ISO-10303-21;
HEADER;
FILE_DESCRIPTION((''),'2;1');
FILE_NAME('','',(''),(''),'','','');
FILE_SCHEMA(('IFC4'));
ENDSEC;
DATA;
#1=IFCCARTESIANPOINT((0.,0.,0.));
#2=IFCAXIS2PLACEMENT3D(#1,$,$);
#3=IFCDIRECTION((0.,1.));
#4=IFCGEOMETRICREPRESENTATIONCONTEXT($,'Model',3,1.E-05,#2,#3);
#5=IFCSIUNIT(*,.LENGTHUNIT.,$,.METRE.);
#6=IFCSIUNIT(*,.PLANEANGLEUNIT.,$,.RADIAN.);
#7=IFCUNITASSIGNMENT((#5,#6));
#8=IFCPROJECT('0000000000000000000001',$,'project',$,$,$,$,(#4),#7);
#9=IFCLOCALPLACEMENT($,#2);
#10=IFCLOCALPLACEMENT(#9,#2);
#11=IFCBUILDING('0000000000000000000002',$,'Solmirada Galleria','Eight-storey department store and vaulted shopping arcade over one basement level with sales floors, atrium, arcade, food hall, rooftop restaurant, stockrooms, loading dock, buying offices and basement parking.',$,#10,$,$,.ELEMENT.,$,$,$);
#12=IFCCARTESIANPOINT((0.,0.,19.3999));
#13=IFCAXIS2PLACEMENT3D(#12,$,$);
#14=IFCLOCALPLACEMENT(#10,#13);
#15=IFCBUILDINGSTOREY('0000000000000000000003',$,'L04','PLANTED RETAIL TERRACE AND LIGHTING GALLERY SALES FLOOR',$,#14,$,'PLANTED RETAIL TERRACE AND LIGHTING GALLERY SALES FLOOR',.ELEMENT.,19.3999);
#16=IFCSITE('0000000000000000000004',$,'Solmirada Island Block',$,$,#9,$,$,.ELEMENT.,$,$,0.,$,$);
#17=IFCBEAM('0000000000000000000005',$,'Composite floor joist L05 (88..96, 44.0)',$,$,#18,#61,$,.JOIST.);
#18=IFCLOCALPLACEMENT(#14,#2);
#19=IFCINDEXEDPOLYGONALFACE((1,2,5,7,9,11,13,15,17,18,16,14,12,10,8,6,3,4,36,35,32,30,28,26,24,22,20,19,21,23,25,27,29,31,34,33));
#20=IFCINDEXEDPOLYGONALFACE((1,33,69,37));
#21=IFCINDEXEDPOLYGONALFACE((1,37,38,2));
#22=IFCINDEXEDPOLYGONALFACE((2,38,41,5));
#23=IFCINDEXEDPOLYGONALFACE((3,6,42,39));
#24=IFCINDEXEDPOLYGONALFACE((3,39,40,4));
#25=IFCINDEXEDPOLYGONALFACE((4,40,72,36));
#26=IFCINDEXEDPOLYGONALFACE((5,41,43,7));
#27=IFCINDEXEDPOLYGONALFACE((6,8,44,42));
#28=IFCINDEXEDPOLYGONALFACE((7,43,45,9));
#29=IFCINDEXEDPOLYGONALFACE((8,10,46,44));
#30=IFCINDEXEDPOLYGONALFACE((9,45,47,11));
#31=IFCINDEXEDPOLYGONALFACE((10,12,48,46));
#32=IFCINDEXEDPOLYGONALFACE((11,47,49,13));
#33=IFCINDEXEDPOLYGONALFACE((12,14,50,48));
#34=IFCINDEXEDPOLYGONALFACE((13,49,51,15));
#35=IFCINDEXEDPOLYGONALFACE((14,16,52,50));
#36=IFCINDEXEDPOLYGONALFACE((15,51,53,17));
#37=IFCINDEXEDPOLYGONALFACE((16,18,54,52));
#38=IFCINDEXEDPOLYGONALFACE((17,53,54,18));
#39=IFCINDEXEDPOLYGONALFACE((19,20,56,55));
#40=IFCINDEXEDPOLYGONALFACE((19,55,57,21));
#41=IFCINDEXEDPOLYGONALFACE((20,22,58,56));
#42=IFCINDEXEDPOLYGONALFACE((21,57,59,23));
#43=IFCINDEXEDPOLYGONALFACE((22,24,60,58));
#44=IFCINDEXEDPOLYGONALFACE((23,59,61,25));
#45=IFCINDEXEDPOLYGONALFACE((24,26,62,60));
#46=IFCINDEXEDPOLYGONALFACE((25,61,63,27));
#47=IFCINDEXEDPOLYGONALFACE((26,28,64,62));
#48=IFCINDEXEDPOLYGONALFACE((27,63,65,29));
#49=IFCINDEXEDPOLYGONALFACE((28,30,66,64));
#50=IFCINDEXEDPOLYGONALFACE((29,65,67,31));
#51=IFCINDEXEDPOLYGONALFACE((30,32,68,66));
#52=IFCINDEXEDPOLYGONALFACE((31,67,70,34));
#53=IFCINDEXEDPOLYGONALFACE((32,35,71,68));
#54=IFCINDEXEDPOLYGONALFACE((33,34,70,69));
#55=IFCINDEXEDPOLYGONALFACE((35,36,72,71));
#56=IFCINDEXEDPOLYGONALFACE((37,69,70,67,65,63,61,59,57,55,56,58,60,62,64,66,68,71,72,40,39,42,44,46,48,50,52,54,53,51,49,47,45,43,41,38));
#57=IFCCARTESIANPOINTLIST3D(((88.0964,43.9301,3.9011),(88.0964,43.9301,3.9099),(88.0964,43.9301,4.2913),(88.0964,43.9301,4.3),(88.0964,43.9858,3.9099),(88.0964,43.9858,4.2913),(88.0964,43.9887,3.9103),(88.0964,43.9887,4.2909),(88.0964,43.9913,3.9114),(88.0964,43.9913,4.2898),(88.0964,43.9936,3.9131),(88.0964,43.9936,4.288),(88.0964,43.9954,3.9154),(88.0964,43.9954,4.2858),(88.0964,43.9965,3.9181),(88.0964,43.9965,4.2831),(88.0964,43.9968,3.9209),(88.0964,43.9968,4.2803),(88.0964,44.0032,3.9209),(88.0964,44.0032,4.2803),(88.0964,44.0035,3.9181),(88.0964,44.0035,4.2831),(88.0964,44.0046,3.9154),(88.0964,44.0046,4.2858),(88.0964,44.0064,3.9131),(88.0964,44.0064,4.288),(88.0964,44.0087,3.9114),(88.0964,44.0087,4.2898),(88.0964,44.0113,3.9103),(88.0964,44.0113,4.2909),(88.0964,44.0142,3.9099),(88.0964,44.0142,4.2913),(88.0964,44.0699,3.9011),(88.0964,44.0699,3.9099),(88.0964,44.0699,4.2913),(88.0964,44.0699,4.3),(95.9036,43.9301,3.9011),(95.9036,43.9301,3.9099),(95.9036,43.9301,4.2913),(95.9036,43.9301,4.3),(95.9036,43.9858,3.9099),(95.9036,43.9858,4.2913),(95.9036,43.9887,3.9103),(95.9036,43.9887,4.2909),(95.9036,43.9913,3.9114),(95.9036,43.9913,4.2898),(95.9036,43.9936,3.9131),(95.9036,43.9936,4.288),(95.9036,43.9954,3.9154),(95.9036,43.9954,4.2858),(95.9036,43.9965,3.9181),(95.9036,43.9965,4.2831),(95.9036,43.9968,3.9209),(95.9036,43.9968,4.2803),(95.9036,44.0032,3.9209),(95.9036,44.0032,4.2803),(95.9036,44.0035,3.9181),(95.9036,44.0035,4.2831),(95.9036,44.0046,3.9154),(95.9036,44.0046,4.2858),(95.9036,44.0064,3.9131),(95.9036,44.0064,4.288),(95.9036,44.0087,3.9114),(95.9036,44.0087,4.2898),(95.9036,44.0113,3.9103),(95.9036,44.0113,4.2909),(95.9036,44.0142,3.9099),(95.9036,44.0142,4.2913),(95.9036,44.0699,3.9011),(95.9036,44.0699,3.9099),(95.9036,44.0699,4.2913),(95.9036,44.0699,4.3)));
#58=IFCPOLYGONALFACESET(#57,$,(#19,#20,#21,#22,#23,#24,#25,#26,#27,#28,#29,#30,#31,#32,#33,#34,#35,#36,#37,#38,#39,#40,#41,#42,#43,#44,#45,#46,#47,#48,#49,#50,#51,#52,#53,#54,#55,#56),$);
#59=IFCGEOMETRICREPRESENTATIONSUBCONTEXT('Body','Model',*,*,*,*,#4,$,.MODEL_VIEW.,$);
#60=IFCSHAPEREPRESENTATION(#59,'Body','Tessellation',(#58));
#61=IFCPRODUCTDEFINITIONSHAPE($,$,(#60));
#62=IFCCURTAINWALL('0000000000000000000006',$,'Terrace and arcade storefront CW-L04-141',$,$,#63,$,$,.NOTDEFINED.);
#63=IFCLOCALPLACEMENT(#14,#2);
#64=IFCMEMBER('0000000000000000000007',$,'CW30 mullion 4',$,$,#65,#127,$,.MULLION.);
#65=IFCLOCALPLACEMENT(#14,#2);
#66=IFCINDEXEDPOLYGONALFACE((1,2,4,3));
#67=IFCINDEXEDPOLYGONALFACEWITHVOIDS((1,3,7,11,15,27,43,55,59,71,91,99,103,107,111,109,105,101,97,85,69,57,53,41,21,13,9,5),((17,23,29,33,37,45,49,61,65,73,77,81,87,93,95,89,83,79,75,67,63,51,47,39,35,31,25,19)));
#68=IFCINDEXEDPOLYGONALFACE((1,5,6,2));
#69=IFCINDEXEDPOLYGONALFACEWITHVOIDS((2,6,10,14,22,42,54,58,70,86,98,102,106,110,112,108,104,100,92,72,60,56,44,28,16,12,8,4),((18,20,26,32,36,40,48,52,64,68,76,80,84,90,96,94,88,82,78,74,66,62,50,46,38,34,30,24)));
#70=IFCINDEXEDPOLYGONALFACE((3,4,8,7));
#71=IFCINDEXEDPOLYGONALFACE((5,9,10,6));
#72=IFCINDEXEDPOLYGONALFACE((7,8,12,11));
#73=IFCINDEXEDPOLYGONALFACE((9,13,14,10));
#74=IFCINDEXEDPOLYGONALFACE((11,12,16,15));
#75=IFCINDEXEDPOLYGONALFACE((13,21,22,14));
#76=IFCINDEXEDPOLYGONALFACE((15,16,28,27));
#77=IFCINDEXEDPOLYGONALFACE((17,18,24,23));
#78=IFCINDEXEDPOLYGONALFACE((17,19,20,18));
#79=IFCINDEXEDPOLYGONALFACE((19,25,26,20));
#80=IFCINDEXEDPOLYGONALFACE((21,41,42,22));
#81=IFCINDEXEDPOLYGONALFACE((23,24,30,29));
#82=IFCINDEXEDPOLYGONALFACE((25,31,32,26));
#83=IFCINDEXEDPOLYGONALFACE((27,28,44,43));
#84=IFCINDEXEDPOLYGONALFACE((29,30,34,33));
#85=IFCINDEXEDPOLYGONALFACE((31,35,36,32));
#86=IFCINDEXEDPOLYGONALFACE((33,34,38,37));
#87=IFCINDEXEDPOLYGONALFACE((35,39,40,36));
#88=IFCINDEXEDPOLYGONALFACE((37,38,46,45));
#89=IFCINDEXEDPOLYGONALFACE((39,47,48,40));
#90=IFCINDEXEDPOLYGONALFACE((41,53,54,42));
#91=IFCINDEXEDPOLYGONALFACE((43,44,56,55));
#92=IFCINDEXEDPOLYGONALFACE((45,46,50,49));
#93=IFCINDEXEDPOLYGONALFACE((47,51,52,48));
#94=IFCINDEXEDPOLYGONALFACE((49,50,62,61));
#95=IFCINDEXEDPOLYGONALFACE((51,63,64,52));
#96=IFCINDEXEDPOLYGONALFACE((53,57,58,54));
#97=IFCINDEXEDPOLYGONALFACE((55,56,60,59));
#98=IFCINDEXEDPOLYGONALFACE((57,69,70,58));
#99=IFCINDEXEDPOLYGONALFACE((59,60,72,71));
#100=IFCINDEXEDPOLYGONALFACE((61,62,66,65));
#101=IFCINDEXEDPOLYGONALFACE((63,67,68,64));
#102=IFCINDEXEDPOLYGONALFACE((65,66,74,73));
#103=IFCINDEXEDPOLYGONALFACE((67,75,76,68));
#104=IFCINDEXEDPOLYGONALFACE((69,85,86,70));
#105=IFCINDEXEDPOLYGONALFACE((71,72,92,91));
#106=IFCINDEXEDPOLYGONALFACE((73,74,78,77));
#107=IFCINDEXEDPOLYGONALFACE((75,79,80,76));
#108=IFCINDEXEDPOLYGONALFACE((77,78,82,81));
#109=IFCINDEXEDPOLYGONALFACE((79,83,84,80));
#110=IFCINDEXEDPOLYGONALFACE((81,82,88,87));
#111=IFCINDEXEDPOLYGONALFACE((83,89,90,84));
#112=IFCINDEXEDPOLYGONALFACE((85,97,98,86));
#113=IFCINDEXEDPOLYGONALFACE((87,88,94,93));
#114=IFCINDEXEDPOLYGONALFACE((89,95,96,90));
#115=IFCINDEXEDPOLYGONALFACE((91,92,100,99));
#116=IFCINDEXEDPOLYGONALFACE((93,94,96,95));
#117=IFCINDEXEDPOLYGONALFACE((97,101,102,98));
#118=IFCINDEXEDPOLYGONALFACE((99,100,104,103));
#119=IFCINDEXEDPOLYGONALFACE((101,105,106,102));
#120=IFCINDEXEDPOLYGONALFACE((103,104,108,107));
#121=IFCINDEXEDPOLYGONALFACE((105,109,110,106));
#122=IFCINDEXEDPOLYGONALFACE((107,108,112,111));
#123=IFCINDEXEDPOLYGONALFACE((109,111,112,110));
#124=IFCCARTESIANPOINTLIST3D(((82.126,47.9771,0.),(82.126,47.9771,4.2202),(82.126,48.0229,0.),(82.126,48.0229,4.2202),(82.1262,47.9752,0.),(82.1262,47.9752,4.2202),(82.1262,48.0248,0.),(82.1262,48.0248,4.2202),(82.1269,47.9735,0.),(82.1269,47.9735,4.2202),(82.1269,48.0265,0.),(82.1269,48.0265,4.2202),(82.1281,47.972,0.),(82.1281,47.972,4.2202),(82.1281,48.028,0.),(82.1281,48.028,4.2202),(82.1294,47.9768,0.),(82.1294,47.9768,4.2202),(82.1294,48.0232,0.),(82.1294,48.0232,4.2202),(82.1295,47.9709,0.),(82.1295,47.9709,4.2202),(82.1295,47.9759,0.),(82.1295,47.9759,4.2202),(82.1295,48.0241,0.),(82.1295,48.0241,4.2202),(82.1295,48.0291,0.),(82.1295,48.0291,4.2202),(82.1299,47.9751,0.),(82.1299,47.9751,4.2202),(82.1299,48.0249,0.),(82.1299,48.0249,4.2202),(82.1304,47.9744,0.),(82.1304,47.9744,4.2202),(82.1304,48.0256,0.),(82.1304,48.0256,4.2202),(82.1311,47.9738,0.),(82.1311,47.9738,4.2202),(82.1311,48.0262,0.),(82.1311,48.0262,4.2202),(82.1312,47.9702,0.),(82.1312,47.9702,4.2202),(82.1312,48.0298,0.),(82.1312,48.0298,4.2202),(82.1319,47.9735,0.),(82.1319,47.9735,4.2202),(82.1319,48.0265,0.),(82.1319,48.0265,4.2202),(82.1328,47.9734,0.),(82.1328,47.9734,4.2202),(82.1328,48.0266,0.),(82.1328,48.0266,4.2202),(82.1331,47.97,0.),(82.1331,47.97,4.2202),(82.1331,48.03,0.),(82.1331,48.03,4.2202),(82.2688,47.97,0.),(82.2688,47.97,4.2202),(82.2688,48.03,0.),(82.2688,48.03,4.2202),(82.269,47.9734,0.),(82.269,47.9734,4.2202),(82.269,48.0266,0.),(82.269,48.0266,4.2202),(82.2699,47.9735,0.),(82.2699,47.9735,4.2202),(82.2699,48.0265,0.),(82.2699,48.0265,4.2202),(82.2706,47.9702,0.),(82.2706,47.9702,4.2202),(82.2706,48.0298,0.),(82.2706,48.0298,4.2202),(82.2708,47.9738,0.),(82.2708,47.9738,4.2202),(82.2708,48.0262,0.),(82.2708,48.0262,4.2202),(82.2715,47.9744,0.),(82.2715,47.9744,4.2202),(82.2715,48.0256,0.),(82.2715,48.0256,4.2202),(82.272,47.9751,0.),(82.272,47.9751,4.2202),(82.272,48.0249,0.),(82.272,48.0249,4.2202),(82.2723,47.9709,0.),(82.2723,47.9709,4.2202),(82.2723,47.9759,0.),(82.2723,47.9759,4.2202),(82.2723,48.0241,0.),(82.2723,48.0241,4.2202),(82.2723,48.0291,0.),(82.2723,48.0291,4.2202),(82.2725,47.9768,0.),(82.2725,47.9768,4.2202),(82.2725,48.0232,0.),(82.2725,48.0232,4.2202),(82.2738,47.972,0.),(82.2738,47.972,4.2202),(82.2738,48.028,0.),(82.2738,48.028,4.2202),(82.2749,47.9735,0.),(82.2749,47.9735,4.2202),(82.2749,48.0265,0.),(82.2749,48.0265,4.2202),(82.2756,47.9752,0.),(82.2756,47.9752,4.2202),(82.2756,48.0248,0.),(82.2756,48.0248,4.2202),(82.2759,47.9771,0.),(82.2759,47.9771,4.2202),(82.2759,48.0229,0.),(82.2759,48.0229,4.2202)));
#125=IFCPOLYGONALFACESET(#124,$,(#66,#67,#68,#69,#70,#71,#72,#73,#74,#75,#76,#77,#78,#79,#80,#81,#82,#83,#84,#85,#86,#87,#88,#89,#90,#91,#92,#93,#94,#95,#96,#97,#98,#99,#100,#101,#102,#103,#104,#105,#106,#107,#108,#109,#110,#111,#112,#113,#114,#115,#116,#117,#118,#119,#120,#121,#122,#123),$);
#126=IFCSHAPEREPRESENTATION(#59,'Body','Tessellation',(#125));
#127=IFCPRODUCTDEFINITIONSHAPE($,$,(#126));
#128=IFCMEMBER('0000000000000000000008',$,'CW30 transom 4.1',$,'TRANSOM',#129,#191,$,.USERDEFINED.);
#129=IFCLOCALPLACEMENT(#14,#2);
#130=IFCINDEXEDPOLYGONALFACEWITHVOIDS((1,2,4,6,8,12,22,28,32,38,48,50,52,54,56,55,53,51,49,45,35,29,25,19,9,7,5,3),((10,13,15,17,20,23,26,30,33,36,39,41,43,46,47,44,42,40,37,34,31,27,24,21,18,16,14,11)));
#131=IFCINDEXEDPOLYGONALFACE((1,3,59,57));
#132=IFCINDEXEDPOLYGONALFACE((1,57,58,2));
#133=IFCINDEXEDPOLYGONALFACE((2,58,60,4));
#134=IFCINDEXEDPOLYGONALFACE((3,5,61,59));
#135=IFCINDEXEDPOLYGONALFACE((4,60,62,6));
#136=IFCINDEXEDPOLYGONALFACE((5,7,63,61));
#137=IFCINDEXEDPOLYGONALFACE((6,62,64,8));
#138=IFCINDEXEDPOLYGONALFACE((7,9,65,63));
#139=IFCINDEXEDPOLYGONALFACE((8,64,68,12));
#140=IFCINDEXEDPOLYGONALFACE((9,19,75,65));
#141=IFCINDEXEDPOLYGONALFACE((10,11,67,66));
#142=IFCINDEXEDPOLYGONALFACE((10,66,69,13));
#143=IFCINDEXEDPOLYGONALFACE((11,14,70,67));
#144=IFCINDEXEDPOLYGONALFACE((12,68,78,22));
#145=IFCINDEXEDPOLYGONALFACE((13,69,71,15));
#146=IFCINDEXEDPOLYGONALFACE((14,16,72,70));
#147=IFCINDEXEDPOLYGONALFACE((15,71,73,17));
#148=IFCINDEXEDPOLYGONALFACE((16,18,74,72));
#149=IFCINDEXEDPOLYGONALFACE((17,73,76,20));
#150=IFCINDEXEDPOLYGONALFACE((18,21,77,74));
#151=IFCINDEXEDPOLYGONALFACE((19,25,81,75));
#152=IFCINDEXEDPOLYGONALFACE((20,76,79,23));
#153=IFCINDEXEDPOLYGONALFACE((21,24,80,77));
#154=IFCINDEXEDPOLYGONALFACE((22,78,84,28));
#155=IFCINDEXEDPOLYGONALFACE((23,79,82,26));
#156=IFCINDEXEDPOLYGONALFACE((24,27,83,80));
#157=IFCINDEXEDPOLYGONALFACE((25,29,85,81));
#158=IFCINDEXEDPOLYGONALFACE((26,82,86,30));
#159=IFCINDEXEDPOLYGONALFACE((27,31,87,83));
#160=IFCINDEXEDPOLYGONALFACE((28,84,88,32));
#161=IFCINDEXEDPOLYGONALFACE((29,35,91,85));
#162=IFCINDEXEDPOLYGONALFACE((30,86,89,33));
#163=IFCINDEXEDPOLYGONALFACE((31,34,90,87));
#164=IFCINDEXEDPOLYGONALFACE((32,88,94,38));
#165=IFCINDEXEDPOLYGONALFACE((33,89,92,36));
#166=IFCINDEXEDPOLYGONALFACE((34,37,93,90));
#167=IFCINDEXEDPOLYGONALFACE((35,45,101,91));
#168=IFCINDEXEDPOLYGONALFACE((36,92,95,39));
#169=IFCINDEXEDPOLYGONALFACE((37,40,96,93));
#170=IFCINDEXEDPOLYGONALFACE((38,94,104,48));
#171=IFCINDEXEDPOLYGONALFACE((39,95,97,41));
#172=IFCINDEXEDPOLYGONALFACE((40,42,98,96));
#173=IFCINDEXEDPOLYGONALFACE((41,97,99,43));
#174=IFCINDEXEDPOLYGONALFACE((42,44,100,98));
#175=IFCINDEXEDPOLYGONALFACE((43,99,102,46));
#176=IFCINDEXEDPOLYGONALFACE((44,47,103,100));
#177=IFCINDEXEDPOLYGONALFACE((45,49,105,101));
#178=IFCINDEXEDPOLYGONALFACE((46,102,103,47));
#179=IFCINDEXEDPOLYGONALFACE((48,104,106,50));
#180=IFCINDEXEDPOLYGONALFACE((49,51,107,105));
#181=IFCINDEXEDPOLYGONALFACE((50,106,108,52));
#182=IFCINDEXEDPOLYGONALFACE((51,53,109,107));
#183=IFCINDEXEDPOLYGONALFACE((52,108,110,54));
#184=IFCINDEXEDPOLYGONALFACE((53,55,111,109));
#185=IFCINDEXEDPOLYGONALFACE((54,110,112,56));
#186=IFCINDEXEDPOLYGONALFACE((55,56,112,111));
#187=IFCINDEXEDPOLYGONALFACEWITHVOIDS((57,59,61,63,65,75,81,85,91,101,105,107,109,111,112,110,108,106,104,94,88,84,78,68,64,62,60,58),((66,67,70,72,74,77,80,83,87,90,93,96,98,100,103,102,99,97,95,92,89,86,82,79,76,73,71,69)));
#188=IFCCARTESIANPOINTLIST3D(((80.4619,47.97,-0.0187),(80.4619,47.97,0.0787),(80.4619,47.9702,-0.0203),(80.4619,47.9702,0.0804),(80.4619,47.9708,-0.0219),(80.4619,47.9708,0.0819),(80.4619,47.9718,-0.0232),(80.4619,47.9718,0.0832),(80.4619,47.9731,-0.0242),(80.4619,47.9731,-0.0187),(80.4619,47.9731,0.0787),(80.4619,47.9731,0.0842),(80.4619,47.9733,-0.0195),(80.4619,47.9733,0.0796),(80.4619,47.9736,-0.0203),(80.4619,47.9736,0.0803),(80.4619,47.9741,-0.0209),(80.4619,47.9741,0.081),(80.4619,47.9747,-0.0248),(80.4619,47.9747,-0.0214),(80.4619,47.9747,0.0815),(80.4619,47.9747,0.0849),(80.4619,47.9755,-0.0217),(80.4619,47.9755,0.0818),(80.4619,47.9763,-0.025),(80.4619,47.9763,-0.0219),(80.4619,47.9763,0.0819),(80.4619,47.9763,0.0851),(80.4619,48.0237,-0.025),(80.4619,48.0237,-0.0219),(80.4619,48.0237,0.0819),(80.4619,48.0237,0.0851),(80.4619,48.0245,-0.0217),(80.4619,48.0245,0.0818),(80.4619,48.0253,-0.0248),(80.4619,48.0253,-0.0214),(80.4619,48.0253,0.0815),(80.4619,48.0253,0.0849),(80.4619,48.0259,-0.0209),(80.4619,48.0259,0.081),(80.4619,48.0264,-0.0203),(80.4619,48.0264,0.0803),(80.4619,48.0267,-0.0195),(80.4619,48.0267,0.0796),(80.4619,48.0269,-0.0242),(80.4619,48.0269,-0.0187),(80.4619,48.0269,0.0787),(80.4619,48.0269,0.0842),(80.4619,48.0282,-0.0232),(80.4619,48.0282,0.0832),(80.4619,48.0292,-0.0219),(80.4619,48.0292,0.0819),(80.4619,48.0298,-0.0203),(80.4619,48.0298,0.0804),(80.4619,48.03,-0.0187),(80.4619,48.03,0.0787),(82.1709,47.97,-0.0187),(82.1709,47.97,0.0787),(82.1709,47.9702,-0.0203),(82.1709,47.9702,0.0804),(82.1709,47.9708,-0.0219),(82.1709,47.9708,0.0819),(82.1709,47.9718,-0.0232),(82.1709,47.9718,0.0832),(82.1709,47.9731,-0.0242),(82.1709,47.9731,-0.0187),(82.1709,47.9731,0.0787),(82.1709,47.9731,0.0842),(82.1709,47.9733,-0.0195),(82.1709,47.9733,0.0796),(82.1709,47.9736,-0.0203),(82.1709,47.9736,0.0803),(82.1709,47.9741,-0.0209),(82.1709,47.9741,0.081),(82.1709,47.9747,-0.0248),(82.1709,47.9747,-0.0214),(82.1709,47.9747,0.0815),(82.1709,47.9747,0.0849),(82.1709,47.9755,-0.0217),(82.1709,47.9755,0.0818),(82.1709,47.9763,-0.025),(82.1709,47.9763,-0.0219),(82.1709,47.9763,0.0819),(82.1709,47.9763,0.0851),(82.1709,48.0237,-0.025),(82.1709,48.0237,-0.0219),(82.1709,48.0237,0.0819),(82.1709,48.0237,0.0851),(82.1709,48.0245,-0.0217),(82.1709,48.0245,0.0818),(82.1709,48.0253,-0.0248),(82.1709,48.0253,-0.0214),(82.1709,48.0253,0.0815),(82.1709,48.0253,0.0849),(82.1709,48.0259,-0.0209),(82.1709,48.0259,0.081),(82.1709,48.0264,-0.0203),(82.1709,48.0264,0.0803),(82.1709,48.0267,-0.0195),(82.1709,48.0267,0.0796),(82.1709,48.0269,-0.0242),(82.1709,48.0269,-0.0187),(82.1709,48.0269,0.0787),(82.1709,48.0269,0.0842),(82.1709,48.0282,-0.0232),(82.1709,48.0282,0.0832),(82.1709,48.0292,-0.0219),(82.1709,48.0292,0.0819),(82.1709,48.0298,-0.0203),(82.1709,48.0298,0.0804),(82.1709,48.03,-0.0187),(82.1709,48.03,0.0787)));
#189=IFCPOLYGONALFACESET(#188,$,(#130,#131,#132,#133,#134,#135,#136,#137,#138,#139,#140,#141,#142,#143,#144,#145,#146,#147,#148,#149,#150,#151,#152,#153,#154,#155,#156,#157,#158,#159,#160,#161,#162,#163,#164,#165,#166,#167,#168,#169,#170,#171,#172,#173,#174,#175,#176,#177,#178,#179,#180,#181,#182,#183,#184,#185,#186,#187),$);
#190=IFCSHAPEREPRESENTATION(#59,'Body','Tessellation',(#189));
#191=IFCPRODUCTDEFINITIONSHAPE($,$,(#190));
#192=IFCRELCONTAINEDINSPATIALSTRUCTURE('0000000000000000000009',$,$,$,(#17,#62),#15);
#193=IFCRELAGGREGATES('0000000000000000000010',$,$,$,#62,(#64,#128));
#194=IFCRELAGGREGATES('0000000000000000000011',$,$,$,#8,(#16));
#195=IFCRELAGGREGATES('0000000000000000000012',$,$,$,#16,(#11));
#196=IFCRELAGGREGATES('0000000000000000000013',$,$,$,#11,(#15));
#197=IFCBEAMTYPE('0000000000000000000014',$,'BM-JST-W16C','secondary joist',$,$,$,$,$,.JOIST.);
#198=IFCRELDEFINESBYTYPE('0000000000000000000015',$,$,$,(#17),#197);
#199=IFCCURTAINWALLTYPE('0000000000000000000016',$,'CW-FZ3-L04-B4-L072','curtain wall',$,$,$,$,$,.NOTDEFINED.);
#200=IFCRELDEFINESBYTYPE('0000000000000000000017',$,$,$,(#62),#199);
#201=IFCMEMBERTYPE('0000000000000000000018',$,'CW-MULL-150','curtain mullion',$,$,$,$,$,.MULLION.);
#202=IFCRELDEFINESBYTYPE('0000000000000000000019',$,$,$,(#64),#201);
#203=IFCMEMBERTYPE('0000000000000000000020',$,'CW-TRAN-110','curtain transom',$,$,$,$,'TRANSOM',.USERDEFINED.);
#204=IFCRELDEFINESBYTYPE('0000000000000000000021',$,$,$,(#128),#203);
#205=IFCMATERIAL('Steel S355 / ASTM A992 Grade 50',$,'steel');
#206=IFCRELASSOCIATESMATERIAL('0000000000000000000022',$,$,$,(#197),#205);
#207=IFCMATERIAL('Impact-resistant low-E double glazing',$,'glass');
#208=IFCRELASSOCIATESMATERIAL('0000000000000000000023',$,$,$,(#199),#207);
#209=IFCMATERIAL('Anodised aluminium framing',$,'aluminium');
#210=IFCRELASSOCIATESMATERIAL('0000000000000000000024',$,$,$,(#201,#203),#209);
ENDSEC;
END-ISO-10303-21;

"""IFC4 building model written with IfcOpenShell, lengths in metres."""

from ifc_helpers import new_model, si_unit, direction, frame, origin, origin_2d, place, context, subcontext, project, spatial, hollow_rectangle, i_section, extrude, material, material_profile, profile_set, type_object, element, aggregate, save


model = new_model("IFC4")

# Units and contexts
model_context = context("Model", 3, precision=1e-05, world=origin(), true_north=direction((0.0, 1.0)))
body_context = subcontext(model_context, "Body", "Model", "MODEL_VIEW")
ifc_project = project(units=[si_unit("LENGTHUNIT", "METRE"), si_unit("PLANEANGLEUNIT", "RADIAN")], contexts=[model_context])

# Site, building, storey
site_placement = place(None, origin())
site = spatial("IfcSite", under=ifc_project, at=site_placement, Name="Solmirada Island Block", CompositionType="ELEMENT", RefElevation=0.0)
building_placement = place(site_placement, origin())
building = spatial("IfcBuilding", under=site, at=building_placement, Name="Solmirada Galleria", Description="Eight-storey department store and vaulted shopping arcade over one basement level with sales floors, atrium, arcade, food hall, rooftop restaurant, stockrooms, loading dock, buying offices and basement parking.", CompositionType="ELEMENT")
storey_placement = place(building_placement, frame((0.0, 0.0, 19.3999)))
storey = spatial("IfcBuildingStorey", under=building, at=storey_placement, Name="L04", Description="PLANTED RETAIL TERRACE AND LIGHTING GALLERY SALES FLOOR", LongName="PLANTED RETAIL TERRACE AND LIGHTING GALLERY SALES FLOOR", CompositionType="ELEMENT", Elevation=19.3999)

# Beam
ifc_material_1 = material(Name="Steel S355 / ASTM A992 Grade 50", Category="steel")
ifc_material_profile_1 = material_profile(ifc_material_1, i_section(OverallWidth=0.1399, OverallDepth=0.3989, WebThickness=0.0063, FlangeThickness=0.0088, FilletRadius=0.011, at=origin_2d()), Name="W16X26")
ifc_profile_set_1 = profile_set([ifc_material_profile_1], Name="Steel S355 / ASTM A992 Grade 50")
beam_type_1 = type_object("IfcBeamType", Name="BM-JST-W16C", Description="secondary joist", PredefinedType="JOIST", material=ifc_profile_set_1)
for number, where, z_axis, x_axis, name in (
    (1, (88.0964, 44.0, 4.1006), (1.0, 0.0, 0.0), (0.0, 1.0, 0.0), "Composite floor joist L05 (88..96, 44.0)"),
):
    element("IfcBeam", number, at=place(storey_placement, frame(where, z_axis=z_axis, x_axis=x_axis)), inside=storey, type_object=beam_type_1, Name=name, PredefinedType="JOIST", context=body_context, shape_type="SweptSolid", body=[
        extrude(i_section(OverallWidth=0.1399, OverallDepth=0.3989, WebThickness=0.0063, FlangeThickness=0.0088, FilletRadius=0.011, at=origin_2d()), origin(), (0.0, 0.0, 1.0), 7.8071),
    ])

# Curtain wall, members
ifc_material_2 = material(Name="Impact-resistant low-E double glazing", Category="glass")
curtain_wall_type = type_object("IfcCurtainWallType", Name="CW-FZ3-L04-B4-L072", Description="curtain wall", PredefinedType="NOTDEFINED", material=ifc_material_2)
curtain_wall_placement = place(storey_placement, origin())
curtain_wall = element("IfcCurtainWall", 2, at=curtain_wall_placement, inside=storey, type_object=curtain_wall_type, Name="Terrace and arcade storefront CW-L04-141", PredefinedType="NOTDEFINED")
ifc_material_3 = material(Name="Anodised aluminium framing", Category="aluminium")
ifc_material_profile_2 = material_profile(ifc_material_3, hollow_rectangle(XDim=0.0601, YDim=0.1499, WallThickness=0.0034, InnerFilletRadius=0.0034, OuterFilletRadius=0.0071, at=origin_2d()), Name="ALU-MULL-150X60")
ifc_profile_set_2 = profile_set([ifc_material_profile_2], Name="Anodised aluminium framing")
member_type_1 = type_object("IfcMemberType", Name="CW-MULL-150", Description="curtain mullion", PredefinedType="MULLION", material=ifc_profile_set_2)
member_1_placement = place(storey_placement, frame((82.2009, 48.0, 0.0), z_axis=(0.0, 0.0, 1.0), x_axis=(0.0, -1.0, 0.0)))
member_1 = element("IfcMember", 3, at=member_1_placement, type_object=member_type_1, Name="CW30 mullion 4", PredefinedType="MULLION", context=body_context, shape_type="SweptSolid", body=[
    extrude(hollow_rectangle(XDim=0.0601, YDim=0.1499, WallThickness=0.0034, InnerFilletRadius=0.0034, OuterFilletRadius=0.0071, at=origin_2d()), origin(), (0.0, 0.0, 1.0), 4.2202),
])
ifc_material_profile_3 = material_profile(ifc_material_3, hollow_rectangle(XDim=0.0601, YDim=0.1101, WallThickness=0.0032, InnerFilletRadius=0.0032, OuterFilletRadius=0.0063, at=origin_2d()), Name="ALU-TRAN-110X60")
ifc_profile_set_3 = profile_set([ifc_material_profile_3], Name="Anodised aluminium framing")
member_type_2 = type_object("IfcMemberType", Name="CW-TRAN-110", Description="curtain transom", ElementType="TRANSOM", PredefinedType="USERDEFINED", material=ifc_profile_set_3)
member_2_placement = place(storey_placement, frame((82.1709, 48.0, 0.03), z_axis=(-1.0, 0.0, 0.0), x_axis=(0.0, -1.0, 0.0)))
member_2 = element("IfcMember", 4, at=member_2_placement, type_object=member_type_2, Name="CW30 transom 4.1", ObjectType="TRANSOM", PredefinedType="USERDEFINED", context=body_context, shape_type="SweptSolid", body=[
    extrude(hollow_rectangle(XDim=0.0601, YDim=0.1101, WallThickness=0.0032, InnerFilletRadius=0.0032, OuterFilletRadius=0.0063, at=origin_2d()), origin(), (0.0, 0.0, 1.0), 1.709),
])
aggregate(curtain_wall, [member_1, member_2])

save(model, "model.ifc")
